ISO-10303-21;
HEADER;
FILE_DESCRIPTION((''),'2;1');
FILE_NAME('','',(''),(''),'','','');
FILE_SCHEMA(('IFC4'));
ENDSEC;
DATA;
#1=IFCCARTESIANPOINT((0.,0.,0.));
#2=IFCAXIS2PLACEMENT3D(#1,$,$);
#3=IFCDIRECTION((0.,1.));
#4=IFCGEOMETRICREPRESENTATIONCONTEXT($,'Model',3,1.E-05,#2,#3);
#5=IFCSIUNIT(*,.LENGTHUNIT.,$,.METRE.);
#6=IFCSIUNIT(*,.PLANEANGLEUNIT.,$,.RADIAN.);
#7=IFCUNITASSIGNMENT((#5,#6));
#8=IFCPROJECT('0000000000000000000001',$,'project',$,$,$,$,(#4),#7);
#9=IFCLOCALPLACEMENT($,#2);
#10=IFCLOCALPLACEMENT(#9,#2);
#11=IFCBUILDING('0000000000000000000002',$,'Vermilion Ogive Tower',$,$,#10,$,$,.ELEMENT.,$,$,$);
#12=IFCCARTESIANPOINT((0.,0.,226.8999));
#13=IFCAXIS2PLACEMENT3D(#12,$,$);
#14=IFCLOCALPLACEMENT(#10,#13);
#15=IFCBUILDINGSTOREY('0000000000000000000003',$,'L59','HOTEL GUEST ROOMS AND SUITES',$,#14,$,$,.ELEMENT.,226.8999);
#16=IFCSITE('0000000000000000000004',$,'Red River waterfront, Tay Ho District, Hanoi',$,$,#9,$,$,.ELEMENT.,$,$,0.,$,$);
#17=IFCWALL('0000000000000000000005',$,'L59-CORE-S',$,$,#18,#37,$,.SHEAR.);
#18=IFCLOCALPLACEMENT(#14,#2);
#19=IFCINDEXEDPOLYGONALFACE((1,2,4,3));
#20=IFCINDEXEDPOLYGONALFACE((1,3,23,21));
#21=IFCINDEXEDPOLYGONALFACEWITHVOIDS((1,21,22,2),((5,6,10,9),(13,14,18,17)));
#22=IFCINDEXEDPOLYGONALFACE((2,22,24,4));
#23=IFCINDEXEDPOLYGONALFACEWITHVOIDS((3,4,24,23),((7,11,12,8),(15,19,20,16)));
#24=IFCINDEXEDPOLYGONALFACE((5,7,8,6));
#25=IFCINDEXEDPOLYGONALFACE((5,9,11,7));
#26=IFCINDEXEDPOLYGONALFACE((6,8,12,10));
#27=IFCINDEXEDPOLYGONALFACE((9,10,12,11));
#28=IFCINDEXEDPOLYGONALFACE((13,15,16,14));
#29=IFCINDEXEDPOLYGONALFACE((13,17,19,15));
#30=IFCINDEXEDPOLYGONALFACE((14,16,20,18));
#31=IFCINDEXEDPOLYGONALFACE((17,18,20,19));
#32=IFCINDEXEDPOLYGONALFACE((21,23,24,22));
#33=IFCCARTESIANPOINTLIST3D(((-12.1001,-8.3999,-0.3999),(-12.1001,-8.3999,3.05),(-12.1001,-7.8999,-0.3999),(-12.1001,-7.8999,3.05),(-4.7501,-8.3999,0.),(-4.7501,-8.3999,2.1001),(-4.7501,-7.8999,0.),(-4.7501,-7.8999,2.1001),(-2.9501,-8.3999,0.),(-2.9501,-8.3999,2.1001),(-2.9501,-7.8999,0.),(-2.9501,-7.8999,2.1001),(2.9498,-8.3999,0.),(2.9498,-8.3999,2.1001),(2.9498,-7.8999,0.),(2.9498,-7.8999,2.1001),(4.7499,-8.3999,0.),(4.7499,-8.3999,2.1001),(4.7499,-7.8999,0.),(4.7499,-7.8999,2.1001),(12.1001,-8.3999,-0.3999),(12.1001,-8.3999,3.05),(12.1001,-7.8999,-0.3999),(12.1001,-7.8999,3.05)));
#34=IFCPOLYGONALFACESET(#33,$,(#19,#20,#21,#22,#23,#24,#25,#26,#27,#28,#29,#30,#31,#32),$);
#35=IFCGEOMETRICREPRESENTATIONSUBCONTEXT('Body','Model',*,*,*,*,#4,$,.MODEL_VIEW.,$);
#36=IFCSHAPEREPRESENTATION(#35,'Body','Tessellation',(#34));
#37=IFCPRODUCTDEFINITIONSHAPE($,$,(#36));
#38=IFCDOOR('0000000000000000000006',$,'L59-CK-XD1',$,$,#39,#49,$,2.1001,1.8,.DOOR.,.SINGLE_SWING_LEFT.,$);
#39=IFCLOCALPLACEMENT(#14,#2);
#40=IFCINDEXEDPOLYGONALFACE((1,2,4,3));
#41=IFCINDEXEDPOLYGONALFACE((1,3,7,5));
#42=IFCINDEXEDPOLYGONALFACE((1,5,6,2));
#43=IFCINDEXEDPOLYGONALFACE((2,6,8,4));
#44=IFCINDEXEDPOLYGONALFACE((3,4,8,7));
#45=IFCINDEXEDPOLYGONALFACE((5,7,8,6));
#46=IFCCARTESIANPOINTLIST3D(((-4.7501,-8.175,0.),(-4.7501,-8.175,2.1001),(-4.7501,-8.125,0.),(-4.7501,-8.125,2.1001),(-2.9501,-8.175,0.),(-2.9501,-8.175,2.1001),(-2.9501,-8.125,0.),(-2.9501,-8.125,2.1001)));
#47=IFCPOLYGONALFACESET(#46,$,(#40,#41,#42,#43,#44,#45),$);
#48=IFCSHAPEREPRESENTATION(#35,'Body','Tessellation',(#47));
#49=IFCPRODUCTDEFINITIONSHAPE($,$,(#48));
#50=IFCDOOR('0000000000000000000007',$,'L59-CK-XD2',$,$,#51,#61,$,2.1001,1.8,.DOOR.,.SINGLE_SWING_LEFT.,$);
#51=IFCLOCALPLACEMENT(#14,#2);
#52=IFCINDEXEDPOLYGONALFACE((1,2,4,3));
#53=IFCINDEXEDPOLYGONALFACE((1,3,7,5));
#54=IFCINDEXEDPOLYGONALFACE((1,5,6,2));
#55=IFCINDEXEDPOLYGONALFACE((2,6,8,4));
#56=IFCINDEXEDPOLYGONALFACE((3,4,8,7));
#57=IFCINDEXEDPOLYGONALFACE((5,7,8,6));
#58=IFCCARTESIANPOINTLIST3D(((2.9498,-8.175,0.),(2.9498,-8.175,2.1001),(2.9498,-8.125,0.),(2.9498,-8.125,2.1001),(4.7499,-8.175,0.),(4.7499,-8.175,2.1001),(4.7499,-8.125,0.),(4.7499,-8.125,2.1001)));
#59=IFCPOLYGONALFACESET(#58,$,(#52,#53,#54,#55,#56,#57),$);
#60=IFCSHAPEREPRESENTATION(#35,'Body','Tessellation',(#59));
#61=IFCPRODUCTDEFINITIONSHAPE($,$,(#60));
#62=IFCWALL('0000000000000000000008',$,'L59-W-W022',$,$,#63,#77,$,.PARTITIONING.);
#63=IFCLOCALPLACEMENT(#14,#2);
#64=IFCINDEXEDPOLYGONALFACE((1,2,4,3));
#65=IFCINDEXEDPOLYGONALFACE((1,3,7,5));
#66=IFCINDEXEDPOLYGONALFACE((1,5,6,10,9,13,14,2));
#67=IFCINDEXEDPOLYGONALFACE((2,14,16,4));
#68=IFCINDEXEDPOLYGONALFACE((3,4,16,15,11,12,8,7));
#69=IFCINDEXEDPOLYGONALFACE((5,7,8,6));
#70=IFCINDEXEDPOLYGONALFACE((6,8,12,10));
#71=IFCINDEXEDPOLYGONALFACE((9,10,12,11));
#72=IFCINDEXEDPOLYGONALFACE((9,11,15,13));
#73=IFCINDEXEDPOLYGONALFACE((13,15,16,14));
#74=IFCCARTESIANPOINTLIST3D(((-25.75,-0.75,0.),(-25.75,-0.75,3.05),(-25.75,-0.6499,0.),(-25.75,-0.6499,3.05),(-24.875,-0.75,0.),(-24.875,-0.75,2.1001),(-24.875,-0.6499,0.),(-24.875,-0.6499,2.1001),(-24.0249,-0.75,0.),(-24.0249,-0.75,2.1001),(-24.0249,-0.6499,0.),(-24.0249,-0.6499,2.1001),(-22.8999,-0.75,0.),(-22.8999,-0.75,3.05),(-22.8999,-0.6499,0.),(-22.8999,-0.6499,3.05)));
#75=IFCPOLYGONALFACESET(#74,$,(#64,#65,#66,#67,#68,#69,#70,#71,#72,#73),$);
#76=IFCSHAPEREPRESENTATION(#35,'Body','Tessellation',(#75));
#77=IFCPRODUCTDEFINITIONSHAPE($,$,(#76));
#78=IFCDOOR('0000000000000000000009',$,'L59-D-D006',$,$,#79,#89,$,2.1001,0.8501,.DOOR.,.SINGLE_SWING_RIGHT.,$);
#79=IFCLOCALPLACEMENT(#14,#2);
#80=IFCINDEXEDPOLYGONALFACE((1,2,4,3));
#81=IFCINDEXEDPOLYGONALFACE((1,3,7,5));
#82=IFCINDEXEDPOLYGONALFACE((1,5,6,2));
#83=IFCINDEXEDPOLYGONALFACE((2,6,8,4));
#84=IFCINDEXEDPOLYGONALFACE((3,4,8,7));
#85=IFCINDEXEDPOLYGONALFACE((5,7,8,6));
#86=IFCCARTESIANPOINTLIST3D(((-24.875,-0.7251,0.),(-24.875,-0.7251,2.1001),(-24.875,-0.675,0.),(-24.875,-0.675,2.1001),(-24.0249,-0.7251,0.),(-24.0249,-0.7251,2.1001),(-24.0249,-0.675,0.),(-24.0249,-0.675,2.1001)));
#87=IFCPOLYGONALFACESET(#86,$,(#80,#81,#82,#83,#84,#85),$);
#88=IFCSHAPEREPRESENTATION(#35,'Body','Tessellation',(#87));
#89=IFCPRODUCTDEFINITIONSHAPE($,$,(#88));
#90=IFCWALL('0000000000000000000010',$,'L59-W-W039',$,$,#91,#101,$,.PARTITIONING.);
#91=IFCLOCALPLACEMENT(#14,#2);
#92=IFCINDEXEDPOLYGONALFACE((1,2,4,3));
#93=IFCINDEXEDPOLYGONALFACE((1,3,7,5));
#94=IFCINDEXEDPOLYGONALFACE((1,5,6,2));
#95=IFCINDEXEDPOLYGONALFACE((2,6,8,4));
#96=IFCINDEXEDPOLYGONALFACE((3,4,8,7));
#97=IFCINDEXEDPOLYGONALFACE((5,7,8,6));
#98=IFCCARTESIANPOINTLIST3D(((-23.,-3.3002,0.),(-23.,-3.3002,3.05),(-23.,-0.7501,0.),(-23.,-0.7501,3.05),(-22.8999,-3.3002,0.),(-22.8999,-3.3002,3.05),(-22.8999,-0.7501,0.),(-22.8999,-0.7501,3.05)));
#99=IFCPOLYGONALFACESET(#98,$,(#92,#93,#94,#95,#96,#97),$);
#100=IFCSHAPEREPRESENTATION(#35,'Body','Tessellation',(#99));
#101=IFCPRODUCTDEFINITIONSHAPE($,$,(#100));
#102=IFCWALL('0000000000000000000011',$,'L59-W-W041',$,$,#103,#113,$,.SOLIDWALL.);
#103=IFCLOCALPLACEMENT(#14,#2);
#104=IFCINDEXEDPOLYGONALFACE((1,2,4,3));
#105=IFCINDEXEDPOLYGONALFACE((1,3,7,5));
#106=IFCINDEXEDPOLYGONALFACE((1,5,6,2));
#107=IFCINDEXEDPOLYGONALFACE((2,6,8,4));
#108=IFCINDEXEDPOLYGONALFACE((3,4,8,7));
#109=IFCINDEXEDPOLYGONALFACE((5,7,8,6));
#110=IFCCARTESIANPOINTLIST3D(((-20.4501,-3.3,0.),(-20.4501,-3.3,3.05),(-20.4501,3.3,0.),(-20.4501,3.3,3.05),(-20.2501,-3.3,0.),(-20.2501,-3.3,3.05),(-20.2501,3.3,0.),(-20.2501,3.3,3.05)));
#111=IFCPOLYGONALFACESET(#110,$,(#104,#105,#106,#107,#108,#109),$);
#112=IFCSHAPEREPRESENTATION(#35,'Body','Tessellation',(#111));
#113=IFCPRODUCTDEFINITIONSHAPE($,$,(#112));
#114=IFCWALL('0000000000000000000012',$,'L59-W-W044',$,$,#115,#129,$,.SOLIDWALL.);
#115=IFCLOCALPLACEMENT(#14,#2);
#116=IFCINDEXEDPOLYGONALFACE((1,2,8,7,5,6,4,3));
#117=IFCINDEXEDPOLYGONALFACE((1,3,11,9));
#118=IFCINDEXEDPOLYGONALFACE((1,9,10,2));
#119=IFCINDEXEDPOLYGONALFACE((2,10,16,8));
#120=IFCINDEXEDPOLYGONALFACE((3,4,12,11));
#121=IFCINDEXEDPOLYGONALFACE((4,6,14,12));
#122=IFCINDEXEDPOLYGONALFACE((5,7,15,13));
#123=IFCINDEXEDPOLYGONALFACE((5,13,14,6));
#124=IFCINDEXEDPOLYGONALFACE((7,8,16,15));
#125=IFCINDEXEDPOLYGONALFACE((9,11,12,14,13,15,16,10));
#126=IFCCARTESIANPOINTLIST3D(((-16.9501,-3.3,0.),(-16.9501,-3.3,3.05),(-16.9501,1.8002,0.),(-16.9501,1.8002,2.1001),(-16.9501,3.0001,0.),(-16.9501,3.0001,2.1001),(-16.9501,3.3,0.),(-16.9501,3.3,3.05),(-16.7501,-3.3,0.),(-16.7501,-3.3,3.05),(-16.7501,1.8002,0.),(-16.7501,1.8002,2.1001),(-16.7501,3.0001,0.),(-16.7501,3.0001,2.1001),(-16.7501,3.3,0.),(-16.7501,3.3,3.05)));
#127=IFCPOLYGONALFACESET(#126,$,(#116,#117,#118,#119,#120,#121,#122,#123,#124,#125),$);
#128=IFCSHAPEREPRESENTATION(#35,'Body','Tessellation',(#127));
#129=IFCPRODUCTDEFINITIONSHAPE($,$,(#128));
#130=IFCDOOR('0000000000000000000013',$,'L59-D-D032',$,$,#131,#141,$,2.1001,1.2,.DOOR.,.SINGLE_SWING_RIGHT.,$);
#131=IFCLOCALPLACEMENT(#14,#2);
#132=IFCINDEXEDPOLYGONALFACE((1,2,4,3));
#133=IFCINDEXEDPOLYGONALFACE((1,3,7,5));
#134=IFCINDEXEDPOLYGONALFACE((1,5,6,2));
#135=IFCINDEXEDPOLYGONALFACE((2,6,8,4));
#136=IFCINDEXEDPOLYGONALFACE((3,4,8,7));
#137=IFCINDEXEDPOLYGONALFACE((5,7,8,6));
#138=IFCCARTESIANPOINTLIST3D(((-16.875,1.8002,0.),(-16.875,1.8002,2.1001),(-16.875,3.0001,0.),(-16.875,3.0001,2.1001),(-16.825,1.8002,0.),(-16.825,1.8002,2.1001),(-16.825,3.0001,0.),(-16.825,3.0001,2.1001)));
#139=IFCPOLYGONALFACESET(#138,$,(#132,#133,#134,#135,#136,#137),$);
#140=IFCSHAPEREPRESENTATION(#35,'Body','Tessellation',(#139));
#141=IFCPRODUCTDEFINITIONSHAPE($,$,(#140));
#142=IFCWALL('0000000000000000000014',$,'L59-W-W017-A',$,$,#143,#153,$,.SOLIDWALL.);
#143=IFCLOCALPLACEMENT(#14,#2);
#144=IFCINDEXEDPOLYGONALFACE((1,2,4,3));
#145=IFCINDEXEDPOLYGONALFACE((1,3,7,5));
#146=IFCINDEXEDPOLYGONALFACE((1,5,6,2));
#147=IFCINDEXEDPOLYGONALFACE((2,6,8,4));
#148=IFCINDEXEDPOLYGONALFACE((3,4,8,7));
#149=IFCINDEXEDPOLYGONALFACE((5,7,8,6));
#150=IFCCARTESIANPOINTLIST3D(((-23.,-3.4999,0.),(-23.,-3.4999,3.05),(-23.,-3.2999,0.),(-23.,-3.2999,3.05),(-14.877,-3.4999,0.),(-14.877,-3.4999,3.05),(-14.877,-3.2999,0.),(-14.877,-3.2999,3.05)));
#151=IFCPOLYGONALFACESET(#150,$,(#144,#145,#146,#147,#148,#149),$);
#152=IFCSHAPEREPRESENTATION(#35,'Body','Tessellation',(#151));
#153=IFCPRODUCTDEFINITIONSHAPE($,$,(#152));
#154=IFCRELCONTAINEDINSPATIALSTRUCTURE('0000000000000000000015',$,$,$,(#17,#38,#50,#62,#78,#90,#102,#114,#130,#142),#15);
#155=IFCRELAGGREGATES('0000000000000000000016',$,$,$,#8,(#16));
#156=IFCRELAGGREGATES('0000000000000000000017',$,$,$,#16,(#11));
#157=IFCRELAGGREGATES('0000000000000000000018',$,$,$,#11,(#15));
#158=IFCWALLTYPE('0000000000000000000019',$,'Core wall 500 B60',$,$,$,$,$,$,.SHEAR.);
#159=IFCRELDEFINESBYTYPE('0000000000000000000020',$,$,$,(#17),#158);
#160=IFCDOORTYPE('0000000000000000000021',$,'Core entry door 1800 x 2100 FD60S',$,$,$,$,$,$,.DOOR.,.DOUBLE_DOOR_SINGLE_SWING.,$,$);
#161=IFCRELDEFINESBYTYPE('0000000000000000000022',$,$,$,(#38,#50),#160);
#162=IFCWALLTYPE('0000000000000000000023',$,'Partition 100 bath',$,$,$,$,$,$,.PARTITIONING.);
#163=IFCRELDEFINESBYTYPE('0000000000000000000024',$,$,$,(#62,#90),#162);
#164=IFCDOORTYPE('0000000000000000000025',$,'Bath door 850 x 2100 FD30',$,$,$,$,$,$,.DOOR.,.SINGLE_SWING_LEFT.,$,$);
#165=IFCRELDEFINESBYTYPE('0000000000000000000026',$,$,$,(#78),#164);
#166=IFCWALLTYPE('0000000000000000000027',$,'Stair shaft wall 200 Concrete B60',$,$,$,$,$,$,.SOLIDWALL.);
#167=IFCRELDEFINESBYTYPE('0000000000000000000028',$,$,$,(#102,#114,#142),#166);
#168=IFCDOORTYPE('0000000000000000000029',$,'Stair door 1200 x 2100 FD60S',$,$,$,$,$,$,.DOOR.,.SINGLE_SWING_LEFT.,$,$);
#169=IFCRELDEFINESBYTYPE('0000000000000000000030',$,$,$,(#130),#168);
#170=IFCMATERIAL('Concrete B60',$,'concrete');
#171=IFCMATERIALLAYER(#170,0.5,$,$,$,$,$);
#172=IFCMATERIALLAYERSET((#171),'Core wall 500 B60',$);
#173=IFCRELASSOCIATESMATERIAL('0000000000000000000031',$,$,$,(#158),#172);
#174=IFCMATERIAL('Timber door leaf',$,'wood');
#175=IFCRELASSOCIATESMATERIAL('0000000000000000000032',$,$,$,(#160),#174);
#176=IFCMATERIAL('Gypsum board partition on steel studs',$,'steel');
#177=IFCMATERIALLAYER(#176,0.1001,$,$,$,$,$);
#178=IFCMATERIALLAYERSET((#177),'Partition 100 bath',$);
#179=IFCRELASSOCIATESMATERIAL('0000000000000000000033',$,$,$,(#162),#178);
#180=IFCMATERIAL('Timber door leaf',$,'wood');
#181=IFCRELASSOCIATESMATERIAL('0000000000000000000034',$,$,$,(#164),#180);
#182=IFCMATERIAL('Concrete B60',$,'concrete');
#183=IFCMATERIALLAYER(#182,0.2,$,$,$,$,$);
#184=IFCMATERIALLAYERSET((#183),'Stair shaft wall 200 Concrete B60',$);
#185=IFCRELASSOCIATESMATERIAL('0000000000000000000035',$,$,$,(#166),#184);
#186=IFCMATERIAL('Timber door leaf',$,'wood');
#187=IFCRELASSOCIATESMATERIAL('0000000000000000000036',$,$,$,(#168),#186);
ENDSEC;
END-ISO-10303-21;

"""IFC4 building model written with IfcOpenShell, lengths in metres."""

from ifc_helpers import new_model, si_unit, direction, frame, frame_2d, origin, place, context, subcontext, project, spatial, rectangle, extrude, material, layer, layer_set, type_object, element, fill, save


model = new_model("IFC4")

# Units and contexts
model_context = context("Model", 3, precision=1e-05, world=origin(), true_north=direction((0.0, 1.0)))
body_context = subcontext(model_context, "Body", "Model", "MODEL_VIEW")
ifc_project = project(units=[si_unit("LENGTHUNIT", "METRE"), si_unit("PLANEANGLEUNIT", "RADIAN")], contexts=[model_context])

# Site, building, storey
site_placement = place(None, origin())
site = spatial("IfcSite", under=ifc_project, at=site_placement, Name="Red River waterfront, Tay Ho District, Hanoi", CompositionType="ELEMENT", RefElevation=0.0)
building_placement = place(site_placement, origin())
building = spatial("IfcBuilding", under=site, at=building_placement, Name="Vermilion Ogive Tower", CompositionType="ELEMENT")
storey_placement = place(building_placement, frame((0.0, 0.0, 226.8999)))
storey = spatial("IfcBuildingStorey", under=building, at=storey_placement, Name="L59", Description="HOTEL GUEST ROOMS AND SUITES", CompositionType="ELEMENT", Elevation=226.8999)

# Wall, openings, doors
ifc_material_1 = material(Name="Concrete B60", Category="concrete")
ifc_layer_1 = layer(ifc_material_1, 0.5)
ifc_layer_set_1 = layer_set([ifc_layer_1], Name="Core wall 500 B60")
wall_type_1 = type_object("IfcWallType", Name="Core wall 500 B60", PredefinedType="SHEAR", material=ifc_layer_set_1)
wall_1_placement = place(storey_placement, frame((-12.1001, -8.1499, -0.3999), z_axis=(0.0, 0.0, 1.0), x_axis=(1.0, 0.0, 0.0)))
wall_1 = element("IfcWall", 1, at=wall_1_placement, inside=storey, type_object=wall_type_1, Name="L59-CORE-S", PredefinedType="SHEAR", context=body_context, shape_type="SweptSolid", body=[
    extrude(rectangle(XDim=24.2002, YDim=0.5, at=frame_2d((12.1001, 0.0))), origin(), (0.0, 0.0, 1.0), 3.45),
])
opening_1_placement = place(wall_1_placement, frame((7.3501, 0.0, 0.3999)))
opening_1 = element("IfcOpeningElement", 2, at=opening_1_placement, cuts=wall_1, PredefinedType="OPENING", context=body_context, shape_type="SweptSolid", body=[
    extrude(rectangle(XDim=1.8, YDim=2.1001, at=frame_2d((0.8999, 1.05))), frame((0.0, 0.26, 0.0), z_axis=(0.0, -1.0, 0.0), x_axis=(1.0, 0.0, 0.0)), (0.0, 0.0, 1.0), 0.52),
])
opening_2_placement = place(wall_1_placement, frame((15.05, 0.0, 0.3999)))
opening_2 = element("IfcOpeningElement", 3, at=opening_2_placement, cuts=wall_1, PredefinedType="OPENING", context=body_context, shape_type="SweptSolid", body=[
    extrude(rectangle(XDim=1.8, YDim=2.1001, at=frame_2d((0.8999, 1.05))), frame((0.0, 0.26, 0.0), z_axis=(0.0, -1.0, 0.0), x_axis=(1.0, 0.0, 0.0)), (0.0, 0.0, 1.0), 0.52),
])
ifc_material_2 = material(Name="Timber door leaf", Category="wood")
door_type_1 = type_object("IfcDoorType", Name="Core entry door 1800 x 2100 FD60S", OperationType="DOUBLE_DOOR_SINGLE_SWING", PredefinedType="DOOR", material=ifc_material_2)
door_1_placement = place(opening_1_placement, origin())
door_1 = element("IfcDoor", 4, at=door_1_placement, inside=storey, type_object=door_type_1, Name="L59-CK-XD1", OperationType="SINGLE_SWING_LEFT", OverallHeight=2.1001, OverallWidth=1.8, PredefinedType="DOOR", context=body_context, shape_type="SweptSolid", body=[
    extrude(rectangle(XDim=1.8, YDim=2.1001, at=frame_2d((0.8999, 1.05))), frame((0.0, 0.0249, 0.0), z_axis=(0.0, -1.0, 0.0), x_axis=(1.0, 0.0, 0.0)), (0.0, 0.0, 1.0), 0.05),
])
fill(opening_1, door_1)
door_2_placement = place(opening_2_placement, origin())
door_2 = element("IfcDoor", 5, at=door_2_placement, inside=storey, type_object=door_type_1, Name="L59-CK-XD2", OperationType="SINGLE_SWING_LEFT", OverallHeight=2.1001, OverallWidth=1.8, PredefinedType="DOOR", context=body_context, shape_type="SweptSolid", body=[
    extrude(rectangle(XDim=1.8, YDim=2.1001, at=frame_2d((0.8999, 1.05))), frame((0.0, 0.0249, 0.0), z_axis=(0.0, -1.0, 0.0), x_axis=(1.0, 0.0, 0.0)), (0.0, 0.0, 1.0), 0.05),
])
fill(opening_2, door_2)

# Wall, opening, door
ifc_material_3 = material(Name="Gypsum board partition on steel studs", Category="steel")
ifc_layer_2 = layer(ifc_material_3, 0.1001)
ifc_layer_set_2 = layer_set([ifc_layer_2], Name="Partition 100 bath")
wall_type_2 = type_object("IfcWallType", Name="Partition 100 bath", PredefinedType="PARTITIONING", material=ifc_layer_set_2)
wall_2_placement = place(storey_placement, frame((-25.75, -0.7, 0.0), z_axis=(0.0, 0.0, 1.0), x_axis=(1.0, 0.0, 0.0)))
wall_2 = element("IfcWall", 6, at=wall_2_placement, inside=storey, type_object=wall_type_2, Name="L59-W-W022", PredefinedType="PARTITIONING", context=body_context, shape_type="SweptSolid", body=[
    extrude(rectangle(XDim=2.8501, YDim=0.1001, at=frame_2d((1.425, 0.0))), origin(), (0.0, 0.0, 1.0), 3.05),
])
opening_3_placement = place(wall_2_placement, frame((0.875, 0.0, 0.0)))
opening_3 = element("IfcOpeningElement", 7, at=opening_3_placement, cuts=wall_2, PredefinedType="OPENING", context=body_context, shape_type="SweptSolid", body=[
    extrude(rectangle(XDim=0.8501, YDim=2.1001, at=frame_2d((0.425, 1.05))), frame((0.0, 0.0601, 0.0), z_axis=(0.0, -1.0, 0.0), x_axis=(1.0, 0.0, 0.0)), (0.0, 0.0, 1.0), 0.1201),
])
ifc_material_4 = material(Name="Timber door leaf", Category="wood")
door_type_2 = type_object("IfcDoorType", Name="Bath door 850 x 2100 FD30", OperationType="SINGLE_SWING_LEFT", PredefinedType="DOOR", material=ifc_material_4)
door_3_placement = place(opening_3_placement, origin())
door_3 = element("IfcDoor", 8, at=door_3_placement, inside=storey, type_object=door_type_2, Name="L59-D-D006", OperationType="SINGLE_SWING_RIGHT", OverallHeight=2.1001, OverallWidth=0.8501, PredefinedType="DOOR", context=body_context, shape_type="SweptSolid", body=[
    extrude(rectangle(XDim=0.8501, YDim=2.1001, at=frame_2d((0.425, 1.05))), frame((0.0, 0.0249, 0.0), z_axis=(0.0, -1.0, 0.0), x_axis=(1.0, 0.0, 0.0)), (0.0, 0.0, 1.0), 0.05),
])
fill(opening_3, door_3)

# Walls
wall_3_placement = place(storey_placement, frame((-22.95, -3.3, 0.0), z_axis=(0.0, 0.0, 1.0), x_axis=(0.0, 1.0, 0.0)))
element("IfcWall", 9, at=wall_3_placement, inside=storey, type_object=wall_type_2, Name="L59-W-W039", PredefinedType="PARTITIONING", context=body_context, shape_type="SweptSolid", body=[
    extrude(rectangle(XDim=2.55, YDim=0.1001, at=frame_2d((1.2749, 0.0))), origin(), (0.0, 0.0, 1.0), 3.05),
])
ifc_material_5 = material(Name="Concrete B60", Category="concrete")
ifc_layer_3 = layer(ifc_material_5, 0.2)
ifc_layer_set_3 = layer_set([ifc_layer_3], Name="Stair shaft wall 200 Concrete B60")
wall_type_3 = type_object("IfcWallType", Name="Stair shaft wall 200 Concrete B60", PredefinedType="SOLIDWALL", material=ifc_layer_set_3)
wall_4_placement = place(storey_placement, frame((-20.3501, -3.3, 0.0), z_axis=(0.0, 0.0, 1.0), x_axis=(0.0, 1.0, 0.0)))
element("IfcWall", 10, at=wall_4_placement, inside=storey, type_object=wall_type_3, Name="L59-W-W041", PredefinedType="SOLIDWALL", context=body_context, shape_type="SweptSolid", body=[
    extrude(rectangle(XDim=6.6001, YDim=0.2, at=frame_2d((3.3, 0.0))), origin(), (0.0, 0.0, 1.0), 3.05),
])

# Wall, opening, door
wall_5_placement = place(storey_placement, frame((-16.8501, -3.3, 0.0), z_axis=(0.0, 0.0, 1.0), x_axis=(0.0, 1.0, 0.0)))
wall_5 = element("IfcWall", 11, at=wall_5_placement, inside=storey, type_object=wall_type_3, Name="L59-W-W044", PredefinedType="SOLIDWALL", context=body_context, shape_type="SweptSolid", body=[
    extrude(rectangle(XDim=6.6001, YDim=0.2, at=frame_2d((3.3, 0.0))), origin(), (0.0, 0.0, 1.0), 3.05),
])
opening_4_placement = place(wall_5_placement, frame((5.1001, 0.0, 0.0)))
opening_4 = element("IfcOpeningElement", 12, at=opening_4_placement, cuts=wall_5, PredefinedType="OPENING", context=body_context, shape_type="SweptSolid", body=[
    extrude(rectangle(XDim=1.2, YDim=2.1001, at=frame_2d((0.6001, 1.05))), frame((0.0, 0.1099, 0.0), z_axis=(0.0, -1.0, 0.0), x_axis=(1.0, 0.0, 0.0)), (0.0, 0.0, 1.0), 0.22),
])
ifc_material_6 = material(Name="Timber door leaf", Category="wood")
door_type_3 = type_object("IfcDoorType", Name="Stair door 1200 x 2100 FD60S", OperationType="SINGLE_SWING_LEFT", PredefinedType="DOOR", material=ifc_material_6)
door_4_placement = place(opening_4_placement, origin())
door_4 = element("IfcDoor", 13, at=door_4_placement, inside=storey, type_object=door_type_3, Name="L59-D-D032", OperationType="SINGLE_SWING_RIGHT", OverallHeight=2.1001, OverallWidth=1.2, PredefinedType="DOOR", context=body_context, shape_type="SweptSolid", body=[
    extrude(rectangle(XDim=1.2, YDim=2.1001, at=frame_2d((0.6001, 1.05))), frame((0.0, 0.0249, 0.0), z_axis=(0.0, -1.0, 0.0), x_axis=(1.0, 0.0, 0.0)), (0.0, 0.0, 1.0), 0.05),
])
fill(opening_4, door_4)

# Wall
wall_6_placement = place(storey_placement, frame((-23.0, -3.3999, 0.0), z_axis=(0.0, 0.0, 1.0), x_axis=(1.0, 0.0, 0.0)))
element("IfcWall", 14, at=wall_6_placement, inside=storey, type_object=wall_type_3, Name="L59-W-W017-A", PredefinedType="SOLIDWALL", context=body_context, shape_type="SweptSolid", body=[
    extrude(rectangle(XDim=8.123, YDim=0.2, at=frame_2d((4.0615, 0.0))), origin(), (0.0, 0.0, 1.0), 3.05),
])

save(model, "model.ifc")
